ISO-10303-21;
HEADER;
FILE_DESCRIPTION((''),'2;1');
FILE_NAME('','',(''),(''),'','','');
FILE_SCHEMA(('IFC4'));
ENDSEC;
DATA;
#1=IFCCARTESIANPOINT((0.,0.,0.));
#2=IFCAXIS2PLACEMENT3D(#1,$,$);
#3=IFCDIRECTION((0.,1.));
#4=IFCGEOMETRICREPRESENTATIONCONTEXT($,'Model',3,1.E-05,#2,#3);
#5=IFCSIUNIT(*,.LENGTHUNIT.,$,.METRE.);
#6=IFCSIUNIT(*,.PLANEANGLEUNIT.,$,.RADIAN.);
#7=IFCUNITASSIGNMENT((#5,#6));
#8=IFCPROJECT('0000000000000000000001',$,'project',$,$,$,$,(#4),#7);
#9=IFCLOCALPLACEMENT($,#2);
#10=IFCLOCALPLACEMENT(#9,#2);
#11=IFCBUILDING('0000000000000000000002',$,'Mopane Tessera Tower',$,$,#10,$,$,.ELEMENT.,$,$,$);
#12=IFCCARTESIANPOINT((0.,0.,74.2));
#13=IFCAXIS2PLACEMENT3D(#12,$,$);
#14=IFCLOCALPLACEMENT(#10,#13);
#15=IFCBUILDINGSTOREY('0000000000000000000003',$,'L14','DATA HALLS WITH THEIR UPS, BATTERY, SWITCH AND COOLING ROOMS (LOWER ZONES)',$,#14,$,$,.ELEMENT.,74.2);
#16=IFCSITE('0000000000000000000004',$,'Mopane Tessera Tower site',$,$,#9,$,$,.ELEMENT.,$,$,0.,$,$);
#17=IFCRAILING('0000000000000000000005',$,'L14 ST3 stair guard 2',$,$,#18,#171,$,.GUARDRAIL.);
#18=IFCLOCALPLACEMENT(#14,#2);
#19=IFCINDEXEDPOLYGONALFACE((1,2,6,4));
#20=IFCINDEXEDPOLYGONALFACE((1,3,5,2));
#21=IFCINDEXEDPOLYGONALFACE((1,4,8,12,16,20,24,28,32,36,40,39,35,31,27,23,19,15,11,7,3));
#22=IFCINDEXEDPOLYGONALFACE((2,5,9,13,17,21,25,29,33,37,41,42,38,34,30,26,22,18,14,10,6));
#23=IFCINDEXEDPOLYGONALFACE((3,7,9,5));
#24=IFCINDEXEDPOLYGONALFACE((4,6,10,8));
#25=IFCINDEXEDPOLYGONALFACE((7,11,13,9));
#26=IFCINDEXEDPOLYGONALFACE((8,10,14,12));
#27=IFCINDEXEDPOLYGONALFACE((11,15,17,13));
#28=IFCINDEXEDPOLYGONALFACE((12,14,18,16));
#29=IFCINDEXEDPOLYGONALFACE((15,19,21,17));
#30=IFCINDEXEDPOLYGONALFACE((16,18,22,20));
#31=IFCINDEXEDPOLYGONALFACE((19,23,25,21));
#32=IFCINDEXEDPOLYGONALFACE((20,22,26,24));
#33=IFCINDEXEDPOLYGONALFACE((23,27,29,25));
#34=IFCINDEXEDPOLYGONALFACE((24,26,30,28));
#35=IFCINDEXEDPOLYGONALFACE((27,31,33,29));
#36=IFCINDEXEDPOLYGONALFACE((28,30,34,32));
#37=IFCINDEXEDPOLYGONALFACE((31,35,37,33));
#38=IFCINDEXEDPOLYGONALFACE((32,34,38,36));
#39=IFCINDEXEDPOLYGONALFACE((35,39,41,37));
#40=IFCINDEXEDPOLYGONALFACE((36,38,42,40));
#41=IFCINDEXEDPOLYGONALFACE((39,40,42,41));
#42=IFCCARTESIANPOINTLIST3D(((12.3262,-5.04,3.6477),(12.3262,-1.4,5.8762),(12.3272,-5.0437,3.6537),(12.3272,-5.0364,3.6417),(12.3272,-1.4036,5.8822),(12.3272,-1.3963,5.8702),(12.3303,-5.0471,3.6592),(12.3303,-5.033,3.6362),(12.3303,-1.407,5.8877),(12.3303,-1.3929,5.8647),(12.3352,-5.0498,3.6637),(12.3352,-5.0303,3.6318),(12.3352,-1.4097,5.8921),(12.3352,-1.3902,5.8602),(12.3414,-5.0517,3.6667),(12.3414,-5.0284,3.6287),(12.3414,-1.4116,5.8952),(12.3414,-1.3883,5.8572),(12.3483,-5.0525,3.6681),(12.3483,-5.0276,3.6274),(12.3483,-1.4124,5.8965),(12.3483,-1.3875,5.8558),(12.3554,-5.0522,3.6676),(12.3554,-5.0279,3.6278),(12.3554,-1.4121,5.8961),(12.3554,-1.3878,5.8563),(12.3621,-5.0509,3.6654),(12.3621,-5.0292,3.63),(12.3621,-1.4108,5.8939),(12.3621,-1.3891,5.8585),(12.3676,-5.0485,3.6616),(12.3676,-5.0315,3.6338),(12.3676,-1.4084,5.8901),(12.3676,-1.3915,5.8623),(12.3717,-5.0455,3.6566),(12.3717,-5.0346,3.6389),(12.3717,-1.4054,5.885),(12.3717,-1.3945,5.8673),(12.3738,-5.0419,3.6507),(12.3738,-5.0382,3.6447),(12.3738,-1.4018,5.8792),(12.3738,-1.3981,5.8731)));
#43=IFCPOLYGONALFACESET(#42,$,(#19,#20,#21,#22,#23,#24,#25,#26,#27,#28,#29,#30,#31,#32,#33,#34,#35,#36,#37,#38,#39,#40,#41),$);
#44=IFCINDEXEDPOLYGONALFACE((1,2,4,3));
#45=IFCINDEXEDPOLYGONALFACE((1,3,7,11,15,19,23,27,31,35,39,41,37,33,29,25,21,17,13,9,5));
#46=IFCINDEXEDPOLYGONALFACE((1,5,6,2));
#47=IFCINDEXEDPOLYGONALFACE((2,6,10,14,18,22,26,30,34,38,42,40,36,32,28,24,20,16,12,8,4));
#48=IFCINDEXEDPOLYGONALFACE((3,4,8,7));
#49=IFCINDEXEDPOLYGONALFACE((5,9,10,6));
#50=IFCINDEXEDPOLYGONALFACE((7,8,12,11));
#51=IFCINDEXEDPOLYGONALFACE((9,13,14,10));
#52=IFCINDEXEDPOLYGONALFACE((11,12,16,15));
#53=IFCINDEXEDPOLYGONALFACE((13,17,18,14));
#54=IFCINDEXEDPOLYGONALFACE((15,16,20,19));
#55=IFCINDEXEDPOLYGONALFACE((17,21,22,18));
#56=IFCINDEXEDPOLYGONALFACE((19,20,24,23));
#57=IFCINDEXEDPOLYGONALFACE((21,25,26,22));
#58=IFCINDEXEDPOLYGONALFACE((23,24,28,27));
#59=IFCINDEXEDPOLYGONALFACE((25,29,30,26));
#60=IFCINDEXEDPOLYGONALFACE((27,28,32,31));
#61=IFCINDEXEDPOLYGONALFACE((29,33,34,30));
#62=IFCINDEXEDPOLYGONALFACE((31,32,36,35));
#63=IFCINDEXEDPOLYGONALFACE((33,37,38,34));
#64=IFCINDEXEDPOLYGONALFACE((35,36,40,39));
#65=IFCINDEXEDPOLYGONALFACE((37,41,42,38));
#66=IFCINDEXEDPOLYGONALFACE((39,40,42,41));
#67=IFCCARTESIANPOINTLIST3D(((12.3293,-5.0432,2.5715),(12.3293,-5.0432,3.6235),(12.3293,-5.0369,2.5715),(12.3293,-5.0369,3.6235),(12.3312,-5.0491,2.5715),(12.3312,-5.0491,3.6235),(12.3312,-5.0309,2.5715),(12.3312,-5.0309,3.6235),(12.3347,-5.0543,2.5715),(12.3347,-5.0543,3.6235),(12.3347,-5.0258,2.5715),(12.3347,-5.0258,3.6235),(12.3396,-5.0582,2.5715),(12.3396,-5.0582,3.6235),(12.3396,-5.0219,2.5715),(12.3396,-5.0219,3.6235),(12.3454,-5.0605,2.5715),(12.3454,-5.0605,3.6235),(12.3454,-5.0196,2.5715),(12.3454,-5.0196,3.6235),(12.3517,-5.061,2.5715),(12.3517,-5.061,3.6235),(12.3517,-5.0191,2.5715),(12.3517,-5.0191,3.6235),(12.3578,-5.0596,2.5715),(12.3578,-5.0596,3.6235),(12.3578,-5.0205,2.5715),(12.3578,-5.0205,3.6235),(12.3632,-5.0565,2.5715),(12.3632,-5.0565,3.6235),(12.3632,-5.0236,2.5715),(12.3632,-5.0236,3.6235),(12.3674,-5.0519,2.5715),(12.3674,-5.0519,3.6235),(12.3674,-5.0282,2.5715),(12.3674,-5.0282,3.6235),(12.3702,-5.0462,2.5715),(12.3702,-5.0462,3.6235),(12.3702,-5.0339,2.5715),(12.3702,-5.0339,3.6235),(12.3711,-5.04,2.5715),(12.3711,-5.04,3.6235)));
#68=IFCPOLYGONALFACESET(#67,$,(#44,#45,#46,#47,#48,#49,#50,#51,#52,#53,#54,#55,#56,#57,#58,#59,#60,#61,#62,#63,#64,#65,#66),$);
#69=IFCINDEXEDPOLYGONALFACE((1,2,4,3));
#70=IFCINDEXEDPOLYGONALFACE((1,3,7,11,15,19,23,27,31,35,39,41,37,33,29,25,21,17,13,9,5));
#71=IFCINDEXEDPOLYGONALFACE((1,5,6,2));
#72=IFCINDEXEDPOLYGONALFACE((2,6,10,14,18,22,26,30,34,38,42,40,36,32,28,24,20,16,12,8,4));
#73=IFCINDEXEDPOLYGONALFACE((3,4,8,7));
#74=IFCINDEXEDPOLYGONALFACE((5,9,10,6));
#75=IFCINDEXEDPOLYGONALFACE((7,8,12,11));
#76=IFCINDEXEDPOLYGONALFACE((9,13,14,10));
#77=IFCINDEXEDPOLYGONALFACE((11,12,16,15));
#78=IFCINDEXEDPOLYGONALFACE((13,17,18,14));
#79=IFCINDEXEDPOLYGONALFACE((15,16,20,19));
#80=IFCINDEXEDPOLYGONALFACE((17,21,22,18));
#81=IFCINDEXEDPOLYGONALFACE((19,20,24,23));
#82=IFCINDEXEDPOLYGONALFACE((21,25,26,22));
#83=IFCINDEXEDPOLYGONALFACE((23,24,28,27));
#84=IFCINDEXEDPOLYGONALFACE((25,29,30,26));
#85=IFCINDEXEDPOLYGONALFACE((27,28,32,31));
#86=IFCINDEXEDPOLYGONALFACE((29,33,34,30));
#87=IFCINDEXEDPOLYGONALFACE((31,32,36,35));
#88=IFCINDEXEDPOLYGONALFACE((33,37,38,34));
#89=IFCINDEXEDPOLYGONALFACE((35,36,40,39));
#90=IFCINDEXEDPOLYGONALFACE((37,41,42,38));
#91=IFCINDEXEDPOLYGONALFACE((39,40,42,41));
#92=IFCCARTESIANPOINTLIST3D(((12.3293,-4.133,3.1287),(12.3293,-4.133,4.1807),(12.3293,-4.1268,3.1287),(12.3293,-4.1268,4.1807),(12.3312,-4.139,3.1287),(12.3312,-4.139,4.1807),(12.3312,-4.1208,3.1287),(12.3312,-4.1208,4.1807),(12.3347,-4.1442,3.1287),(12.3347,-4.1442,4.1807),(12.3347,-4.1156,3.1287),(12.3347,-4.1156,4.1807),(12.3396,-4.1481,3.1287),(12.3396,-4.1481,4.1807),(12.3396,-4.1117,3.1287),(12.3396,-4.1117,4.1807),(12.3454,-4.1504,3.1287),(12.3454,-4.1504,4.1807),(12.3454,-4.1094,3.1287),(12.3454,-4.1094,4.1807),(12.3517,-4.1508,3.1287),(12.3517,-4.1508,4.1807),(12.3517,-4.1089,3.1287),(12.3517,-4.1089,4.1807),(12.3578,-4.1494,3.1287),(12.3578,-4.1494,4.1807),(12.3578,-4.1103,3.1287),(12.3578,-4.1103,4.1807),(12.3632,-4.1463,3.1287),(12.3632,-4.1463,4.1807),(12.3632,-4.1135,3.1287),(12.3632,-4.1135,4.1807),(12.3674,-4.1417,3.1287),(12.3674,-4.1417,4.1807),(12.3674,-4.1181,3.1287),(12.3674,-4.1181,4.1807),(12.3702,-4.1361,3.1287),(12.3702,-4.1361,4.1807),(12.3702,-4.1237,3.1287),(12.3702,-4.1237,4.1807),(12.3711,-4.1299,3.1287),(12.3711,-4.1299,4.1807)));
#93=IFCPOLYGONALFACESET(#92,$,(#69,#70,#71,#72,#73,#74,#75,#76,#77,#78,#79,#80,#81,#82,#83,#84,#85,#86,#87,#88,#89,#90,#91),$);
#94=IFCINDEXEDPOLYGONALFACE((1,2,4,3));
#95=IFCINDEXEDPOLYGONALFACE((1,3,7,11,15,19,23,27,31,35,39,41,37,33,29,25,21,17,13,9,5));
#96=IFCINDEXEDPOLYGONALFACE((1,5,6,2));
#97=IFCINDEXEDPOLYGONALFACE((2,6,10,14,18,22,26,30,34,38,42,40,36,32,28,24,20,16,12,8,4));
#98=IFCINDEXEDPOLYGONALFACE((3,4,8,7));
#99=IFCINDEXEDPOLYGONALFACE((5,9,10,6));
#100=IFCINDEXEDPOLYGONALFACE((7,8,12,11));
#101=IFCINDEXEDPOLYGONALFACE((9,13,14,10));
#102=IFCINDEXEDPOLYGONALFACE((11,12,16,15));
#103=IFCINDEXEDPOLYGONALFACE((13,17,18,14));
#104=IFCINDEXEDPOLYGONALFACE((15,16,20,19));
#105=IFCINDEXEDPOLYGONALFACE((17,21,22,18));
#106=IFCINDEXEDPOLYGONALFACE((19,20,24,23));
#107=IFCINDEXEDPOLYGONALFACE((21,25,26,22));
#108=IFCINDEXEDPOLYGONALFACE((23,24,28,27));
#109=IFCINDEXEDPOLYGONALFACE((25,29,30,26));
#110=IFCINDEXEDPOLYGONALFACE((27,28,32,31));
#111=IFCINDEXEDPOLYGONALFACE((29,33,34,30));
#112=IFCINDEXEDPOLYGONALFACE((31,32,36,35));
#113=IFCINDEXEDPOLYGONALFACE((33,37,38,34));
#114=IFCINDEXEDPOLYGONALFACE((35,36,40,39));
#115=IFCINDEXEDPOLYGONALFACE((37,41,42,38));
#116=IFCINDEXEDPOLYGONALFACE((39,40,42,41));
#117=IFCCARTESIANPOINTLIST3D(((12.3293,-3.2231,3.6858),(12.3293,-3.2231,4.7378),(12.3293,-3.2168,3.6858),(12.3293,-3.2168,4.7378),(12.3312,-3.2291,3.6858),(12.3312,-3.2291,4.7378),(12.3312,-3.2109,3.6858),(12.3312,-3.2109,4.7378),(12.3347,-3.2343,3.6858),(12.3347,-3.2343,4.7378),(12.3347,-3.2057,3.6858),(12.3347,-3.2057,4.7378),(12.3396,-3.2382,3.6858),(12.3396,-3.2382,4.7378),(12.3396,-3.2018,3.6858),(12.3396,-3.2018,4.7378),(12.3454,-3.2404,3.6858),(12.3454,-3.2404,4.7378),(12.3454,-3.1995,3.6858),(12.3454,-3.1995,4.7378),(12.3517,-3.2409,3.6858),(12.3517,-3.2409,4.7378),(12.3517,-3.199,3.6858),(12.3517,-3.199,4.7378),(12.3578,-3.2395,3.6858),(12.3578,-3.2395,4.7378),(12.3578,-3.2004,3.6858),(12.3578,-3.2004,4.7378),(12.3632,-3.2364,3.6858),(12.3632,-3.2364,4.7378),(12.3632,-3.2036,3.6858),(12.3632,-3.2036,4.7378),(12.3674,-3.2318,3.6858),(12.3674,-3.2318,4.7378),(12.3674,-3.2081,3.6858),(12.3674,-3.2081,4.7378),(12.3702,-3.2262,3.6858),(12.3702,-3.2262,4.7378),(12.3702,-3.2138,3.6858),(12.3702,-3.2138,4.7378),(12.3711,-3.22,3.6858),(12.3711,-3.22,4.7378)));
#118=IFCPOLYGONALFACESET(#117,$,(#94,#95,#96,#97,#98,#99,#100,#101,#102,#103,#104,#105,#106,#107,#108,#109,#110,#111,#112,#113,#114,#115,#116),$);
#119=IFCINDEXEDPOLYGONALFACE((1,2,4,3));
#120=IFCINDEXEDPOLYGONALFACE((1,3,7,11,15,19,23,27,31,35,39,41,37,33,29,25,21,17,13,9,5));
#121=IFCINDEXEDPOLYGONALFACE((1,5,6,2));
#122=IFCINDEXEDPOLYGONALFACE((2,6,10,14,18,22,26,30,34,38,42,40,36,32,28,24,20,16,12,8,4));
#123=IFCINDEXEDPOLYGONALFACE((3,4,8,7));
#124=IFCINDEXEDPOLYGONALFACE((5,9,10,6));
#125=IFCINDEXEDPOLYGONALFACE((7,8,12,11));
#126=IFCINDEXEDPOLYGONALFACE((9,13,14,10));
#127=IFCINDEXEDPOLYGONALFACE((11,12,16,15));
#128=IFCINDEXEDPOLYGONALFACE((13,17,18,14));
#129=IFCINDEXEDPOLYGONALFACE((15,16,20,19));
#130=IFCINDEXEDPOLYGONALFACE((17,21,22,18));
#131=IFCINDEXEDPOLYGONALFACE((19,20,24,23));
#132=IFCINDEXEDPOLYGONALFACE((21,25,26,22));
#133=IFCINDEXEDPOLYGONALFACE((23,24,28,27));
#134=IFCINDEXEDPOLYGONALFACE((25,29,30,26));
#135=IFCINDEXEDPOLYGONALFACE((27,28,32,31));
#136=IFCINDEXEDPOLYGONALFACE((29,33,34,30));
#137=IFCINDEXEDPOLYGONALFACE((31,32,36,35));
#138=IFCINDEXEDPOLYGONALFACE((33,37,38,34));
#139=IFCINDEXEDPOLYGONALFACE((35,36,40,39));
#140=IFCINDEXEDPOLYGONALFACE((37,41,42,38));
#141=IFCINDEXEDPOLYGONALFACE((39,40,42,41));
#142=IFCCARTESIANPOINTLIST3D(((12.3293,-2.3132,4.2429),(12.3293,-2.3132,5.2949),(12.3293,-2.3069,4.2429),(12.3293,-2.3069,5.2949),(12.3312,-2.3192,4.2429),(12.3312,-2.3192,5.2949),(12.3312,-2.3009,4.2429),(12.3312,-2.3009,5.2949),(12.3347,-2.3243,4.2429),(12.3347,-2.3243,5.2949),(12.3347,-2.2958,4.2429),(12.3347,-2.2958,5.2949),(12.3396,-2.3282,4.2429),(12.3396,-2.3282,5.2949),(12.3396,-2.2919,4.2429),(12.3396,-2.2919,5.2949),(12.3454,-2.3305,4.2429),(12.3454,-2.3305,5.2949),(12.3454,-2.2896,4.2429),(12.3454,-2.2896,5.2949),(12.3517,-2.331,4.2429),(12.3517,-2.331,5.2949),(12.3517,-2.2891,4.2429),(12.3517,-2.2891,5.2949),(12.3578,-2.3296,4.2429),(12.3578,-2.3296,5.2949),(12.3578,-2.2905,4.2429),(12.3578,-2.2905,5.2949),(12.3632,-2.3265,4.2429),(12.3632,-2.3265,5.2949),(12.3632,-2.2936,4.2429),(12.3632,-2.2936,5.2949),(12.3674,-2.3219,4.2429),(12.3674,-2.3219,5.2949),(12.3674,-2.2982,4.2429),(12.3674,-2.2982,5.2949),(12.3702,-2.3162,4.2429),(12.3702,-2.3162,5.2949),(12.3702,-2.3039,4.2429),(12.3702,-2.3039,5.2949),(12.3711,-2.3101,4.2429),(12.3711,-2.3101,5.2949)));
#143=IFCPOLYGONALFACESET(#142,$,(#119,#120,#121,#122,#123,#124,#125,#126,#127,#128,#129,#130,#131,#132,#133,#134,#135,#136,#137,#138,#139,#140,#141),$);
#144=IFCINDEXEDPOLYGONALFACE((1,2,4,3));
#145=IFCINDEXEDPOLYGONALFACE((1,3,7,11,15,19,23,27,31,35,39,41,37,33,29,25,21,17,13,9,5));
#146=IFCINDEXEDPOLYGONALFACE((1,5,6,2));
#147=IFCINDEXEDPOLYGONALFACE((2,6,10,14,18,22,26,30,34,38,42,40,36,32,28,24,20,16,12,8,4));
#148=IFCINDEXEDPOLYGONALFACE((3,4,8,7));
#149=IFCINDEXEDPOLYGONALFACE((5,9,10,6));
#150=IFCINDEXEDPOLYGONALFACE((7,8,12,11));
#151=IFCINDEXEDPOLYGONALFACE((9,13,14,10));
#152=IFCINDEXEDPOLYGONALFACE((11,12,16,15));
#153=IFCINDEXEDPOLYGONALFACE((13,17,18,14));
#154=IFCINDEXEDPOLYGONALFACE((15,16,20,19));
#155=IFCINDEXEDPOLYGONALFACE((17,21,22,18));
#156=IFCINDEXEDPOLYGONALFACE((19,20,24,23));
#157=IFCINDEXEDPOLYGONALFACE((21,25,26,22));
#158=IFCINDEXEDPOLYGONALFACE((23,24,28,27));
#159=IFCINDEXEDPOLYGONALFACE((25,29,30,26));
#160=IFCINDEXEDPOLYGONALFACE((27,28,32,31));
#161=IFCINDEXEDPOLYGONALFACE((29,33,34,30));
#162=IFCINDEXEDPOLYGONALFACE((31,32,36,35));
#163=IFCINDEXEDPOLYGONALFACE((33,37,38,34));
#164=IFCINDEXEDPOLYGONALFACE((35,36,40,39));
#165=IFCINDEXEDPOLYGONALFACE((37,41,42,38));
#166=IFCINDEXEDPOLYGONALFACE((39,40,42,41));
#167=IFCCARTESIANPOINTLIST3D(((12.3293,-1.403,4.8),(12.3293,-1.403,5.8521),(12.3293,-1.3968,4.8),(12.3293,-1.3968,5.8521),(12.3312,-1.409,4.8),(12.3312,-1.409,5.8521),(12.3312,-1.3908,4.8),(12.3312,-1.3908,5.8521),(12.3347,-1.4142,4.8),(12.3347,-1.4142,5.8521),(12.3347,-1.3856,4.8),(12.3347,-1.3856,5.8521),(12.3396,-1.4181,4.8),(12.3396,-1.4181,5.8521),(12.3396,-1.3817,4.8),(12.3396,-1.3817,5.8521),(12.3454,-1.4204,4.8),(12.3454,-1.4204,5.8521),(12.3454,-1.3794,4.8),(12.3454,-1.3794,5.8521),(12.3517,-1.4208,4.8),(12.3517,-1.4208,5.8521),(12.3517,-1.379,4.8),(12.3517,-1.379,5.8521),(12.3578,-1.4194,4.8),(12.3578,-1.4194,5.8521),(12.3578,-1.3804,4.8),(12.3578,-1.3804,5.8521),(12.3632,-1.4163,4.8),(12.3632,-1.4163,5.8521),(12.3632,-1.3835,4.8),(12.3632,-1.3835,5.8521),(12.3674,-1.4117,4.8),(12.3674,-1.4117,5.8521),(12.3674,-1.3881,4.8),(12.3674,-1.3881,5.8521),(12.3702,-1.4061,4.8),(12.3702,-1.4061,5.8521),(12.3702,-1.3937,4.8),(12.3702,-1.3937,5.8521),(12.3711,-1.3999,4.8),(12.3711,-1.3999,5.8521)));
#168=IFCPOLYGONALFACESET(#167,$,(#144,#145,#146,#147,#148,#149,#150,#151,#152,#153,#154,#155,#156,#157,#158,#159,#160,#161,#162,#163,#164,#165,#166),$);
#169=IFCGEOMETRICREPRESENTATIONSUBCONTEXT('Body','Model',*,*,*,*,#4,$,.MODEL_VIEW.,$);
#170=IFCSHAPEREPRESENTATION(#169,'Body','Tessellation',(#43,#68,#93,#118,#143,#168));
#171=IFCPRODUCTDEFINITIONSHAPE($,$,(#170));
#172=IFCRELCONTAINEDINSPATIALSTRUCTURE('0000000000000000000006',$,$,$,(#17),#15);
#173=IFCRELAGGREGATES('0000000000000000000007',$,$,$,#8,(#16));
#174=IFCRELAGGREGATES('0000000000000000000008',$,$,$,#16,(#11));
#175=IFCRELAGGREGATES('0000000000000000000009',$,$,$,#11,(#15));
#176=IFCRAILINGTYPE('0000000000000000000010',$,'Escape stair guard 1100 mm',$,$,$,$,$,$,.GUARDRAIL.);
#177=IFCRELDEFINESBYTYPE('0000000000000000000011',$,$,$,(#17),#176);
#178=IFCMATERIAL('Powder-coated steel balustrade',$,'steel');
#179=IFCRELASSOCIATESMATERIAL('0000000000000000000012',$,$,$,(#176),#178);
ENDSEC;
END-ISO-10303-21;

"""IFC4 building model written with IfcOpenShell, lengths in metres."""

from ifc_helpers import new_model, si_unit, direction, frame, origin, origin_2d, place, context, subcontext, project, spatial, circle, extrude, material, type_object, element, save


model = new_model("IFC4")

# Units and contexts
model_context = context("Model", 3, precision=1e-05, world=origin(), true_north=direction((0.0, 1.0)))
body_context = subcontext(model_context, "Body", "Model", "MODEL_VIEW")
ifc_project = project(units=[si_unit("LENGTHUNIT", "METRE"), si_unit("PLANEANGLEUNIT", "RADIAN")], contexts=[model_context])

# Site, building, storey
site_placement = place(None, origin())
site = spatial("IfcSite", under=ifc_project, at=site_placement, Name="Mopane Tessera Tower site", CompositionType="ELEMENT", RefElevation=0.0)
building_placement = place(site_placement, origin())
building = spatial("IfcBuilding", under=site, at=building_placement, Name="Mopane Tessera Tower", CompositionType="ELEMENT")
storey_placement = place(building_placement, frame((0.0, 0.0, 74.2)))
storey = spatial("IfcBuildingStorey", under=building, at=storey_placement, Name="L14", Description="DATA HALLS WITH THEIR UPS, BATTERY, SWITCH AND COOLING ROOMS (LOWER ZONES)", CompositionType="ELEMENT", Elevation=74.2)

# Railing
ifc_material_1 = material(Name="Powder-coated steel balustrade", Category="steel")
railing_type_1 = type_object("IfcRailingType", Name="Escape stair guard 1100 mm", PredefinedType="GUARDRAIL", material=ifc_material_1)
railing_1_placement = place(storey_placement, frame((12.3501, -5.04, 2.5715)))
element("IfcRailing", 1, at=railing_1_placement, inside=storey, type_object=railing_type_1, Name="L14 ST3 stair guard 2", PredefinedType="GUARDRAIL", context=body_context, shape_type="SweptSolid", body=[
    extrude(circle(Radius=0.0239, at=origin_2d()), frame((0.0, 0.0, 1.0762), z_axis=(0.0, 0.852866, 0.52213), x_axis=(-1.0, 0.0, 0.0)), (0.0, 0.0, 1.0), 4.2681),
    extrude(circle(Radius=0.021, at=origin_2d()), origin(), (0.0, 0.0, 1.0), 1.052),
    extrude(circle(Radius=0.021, at=origin_2d()), frame((0.0, 0.9102, 0.5571)), (0.0, 0.0, 1.0), 1.052),
    extrude(circle(Radius=0.021, at=origin_2d()), frame((0.0, 1.8201, 1.1143)), (0.0, 0.0, 1.0), 1.052),
    extrude(circle(Radius=0.021, at=origin_2d()), frame((0.0, 2.73, 1.6714)), (0.0, 0.0, 1.0), 1.052),
    extrude(circle(Radius=0.021, at=origin_2d()), frame((0.0, 3.6401, 2.2285)), (0.0, 0.0, 1.0), 1.052),
])

save(model, "model.ifc")
